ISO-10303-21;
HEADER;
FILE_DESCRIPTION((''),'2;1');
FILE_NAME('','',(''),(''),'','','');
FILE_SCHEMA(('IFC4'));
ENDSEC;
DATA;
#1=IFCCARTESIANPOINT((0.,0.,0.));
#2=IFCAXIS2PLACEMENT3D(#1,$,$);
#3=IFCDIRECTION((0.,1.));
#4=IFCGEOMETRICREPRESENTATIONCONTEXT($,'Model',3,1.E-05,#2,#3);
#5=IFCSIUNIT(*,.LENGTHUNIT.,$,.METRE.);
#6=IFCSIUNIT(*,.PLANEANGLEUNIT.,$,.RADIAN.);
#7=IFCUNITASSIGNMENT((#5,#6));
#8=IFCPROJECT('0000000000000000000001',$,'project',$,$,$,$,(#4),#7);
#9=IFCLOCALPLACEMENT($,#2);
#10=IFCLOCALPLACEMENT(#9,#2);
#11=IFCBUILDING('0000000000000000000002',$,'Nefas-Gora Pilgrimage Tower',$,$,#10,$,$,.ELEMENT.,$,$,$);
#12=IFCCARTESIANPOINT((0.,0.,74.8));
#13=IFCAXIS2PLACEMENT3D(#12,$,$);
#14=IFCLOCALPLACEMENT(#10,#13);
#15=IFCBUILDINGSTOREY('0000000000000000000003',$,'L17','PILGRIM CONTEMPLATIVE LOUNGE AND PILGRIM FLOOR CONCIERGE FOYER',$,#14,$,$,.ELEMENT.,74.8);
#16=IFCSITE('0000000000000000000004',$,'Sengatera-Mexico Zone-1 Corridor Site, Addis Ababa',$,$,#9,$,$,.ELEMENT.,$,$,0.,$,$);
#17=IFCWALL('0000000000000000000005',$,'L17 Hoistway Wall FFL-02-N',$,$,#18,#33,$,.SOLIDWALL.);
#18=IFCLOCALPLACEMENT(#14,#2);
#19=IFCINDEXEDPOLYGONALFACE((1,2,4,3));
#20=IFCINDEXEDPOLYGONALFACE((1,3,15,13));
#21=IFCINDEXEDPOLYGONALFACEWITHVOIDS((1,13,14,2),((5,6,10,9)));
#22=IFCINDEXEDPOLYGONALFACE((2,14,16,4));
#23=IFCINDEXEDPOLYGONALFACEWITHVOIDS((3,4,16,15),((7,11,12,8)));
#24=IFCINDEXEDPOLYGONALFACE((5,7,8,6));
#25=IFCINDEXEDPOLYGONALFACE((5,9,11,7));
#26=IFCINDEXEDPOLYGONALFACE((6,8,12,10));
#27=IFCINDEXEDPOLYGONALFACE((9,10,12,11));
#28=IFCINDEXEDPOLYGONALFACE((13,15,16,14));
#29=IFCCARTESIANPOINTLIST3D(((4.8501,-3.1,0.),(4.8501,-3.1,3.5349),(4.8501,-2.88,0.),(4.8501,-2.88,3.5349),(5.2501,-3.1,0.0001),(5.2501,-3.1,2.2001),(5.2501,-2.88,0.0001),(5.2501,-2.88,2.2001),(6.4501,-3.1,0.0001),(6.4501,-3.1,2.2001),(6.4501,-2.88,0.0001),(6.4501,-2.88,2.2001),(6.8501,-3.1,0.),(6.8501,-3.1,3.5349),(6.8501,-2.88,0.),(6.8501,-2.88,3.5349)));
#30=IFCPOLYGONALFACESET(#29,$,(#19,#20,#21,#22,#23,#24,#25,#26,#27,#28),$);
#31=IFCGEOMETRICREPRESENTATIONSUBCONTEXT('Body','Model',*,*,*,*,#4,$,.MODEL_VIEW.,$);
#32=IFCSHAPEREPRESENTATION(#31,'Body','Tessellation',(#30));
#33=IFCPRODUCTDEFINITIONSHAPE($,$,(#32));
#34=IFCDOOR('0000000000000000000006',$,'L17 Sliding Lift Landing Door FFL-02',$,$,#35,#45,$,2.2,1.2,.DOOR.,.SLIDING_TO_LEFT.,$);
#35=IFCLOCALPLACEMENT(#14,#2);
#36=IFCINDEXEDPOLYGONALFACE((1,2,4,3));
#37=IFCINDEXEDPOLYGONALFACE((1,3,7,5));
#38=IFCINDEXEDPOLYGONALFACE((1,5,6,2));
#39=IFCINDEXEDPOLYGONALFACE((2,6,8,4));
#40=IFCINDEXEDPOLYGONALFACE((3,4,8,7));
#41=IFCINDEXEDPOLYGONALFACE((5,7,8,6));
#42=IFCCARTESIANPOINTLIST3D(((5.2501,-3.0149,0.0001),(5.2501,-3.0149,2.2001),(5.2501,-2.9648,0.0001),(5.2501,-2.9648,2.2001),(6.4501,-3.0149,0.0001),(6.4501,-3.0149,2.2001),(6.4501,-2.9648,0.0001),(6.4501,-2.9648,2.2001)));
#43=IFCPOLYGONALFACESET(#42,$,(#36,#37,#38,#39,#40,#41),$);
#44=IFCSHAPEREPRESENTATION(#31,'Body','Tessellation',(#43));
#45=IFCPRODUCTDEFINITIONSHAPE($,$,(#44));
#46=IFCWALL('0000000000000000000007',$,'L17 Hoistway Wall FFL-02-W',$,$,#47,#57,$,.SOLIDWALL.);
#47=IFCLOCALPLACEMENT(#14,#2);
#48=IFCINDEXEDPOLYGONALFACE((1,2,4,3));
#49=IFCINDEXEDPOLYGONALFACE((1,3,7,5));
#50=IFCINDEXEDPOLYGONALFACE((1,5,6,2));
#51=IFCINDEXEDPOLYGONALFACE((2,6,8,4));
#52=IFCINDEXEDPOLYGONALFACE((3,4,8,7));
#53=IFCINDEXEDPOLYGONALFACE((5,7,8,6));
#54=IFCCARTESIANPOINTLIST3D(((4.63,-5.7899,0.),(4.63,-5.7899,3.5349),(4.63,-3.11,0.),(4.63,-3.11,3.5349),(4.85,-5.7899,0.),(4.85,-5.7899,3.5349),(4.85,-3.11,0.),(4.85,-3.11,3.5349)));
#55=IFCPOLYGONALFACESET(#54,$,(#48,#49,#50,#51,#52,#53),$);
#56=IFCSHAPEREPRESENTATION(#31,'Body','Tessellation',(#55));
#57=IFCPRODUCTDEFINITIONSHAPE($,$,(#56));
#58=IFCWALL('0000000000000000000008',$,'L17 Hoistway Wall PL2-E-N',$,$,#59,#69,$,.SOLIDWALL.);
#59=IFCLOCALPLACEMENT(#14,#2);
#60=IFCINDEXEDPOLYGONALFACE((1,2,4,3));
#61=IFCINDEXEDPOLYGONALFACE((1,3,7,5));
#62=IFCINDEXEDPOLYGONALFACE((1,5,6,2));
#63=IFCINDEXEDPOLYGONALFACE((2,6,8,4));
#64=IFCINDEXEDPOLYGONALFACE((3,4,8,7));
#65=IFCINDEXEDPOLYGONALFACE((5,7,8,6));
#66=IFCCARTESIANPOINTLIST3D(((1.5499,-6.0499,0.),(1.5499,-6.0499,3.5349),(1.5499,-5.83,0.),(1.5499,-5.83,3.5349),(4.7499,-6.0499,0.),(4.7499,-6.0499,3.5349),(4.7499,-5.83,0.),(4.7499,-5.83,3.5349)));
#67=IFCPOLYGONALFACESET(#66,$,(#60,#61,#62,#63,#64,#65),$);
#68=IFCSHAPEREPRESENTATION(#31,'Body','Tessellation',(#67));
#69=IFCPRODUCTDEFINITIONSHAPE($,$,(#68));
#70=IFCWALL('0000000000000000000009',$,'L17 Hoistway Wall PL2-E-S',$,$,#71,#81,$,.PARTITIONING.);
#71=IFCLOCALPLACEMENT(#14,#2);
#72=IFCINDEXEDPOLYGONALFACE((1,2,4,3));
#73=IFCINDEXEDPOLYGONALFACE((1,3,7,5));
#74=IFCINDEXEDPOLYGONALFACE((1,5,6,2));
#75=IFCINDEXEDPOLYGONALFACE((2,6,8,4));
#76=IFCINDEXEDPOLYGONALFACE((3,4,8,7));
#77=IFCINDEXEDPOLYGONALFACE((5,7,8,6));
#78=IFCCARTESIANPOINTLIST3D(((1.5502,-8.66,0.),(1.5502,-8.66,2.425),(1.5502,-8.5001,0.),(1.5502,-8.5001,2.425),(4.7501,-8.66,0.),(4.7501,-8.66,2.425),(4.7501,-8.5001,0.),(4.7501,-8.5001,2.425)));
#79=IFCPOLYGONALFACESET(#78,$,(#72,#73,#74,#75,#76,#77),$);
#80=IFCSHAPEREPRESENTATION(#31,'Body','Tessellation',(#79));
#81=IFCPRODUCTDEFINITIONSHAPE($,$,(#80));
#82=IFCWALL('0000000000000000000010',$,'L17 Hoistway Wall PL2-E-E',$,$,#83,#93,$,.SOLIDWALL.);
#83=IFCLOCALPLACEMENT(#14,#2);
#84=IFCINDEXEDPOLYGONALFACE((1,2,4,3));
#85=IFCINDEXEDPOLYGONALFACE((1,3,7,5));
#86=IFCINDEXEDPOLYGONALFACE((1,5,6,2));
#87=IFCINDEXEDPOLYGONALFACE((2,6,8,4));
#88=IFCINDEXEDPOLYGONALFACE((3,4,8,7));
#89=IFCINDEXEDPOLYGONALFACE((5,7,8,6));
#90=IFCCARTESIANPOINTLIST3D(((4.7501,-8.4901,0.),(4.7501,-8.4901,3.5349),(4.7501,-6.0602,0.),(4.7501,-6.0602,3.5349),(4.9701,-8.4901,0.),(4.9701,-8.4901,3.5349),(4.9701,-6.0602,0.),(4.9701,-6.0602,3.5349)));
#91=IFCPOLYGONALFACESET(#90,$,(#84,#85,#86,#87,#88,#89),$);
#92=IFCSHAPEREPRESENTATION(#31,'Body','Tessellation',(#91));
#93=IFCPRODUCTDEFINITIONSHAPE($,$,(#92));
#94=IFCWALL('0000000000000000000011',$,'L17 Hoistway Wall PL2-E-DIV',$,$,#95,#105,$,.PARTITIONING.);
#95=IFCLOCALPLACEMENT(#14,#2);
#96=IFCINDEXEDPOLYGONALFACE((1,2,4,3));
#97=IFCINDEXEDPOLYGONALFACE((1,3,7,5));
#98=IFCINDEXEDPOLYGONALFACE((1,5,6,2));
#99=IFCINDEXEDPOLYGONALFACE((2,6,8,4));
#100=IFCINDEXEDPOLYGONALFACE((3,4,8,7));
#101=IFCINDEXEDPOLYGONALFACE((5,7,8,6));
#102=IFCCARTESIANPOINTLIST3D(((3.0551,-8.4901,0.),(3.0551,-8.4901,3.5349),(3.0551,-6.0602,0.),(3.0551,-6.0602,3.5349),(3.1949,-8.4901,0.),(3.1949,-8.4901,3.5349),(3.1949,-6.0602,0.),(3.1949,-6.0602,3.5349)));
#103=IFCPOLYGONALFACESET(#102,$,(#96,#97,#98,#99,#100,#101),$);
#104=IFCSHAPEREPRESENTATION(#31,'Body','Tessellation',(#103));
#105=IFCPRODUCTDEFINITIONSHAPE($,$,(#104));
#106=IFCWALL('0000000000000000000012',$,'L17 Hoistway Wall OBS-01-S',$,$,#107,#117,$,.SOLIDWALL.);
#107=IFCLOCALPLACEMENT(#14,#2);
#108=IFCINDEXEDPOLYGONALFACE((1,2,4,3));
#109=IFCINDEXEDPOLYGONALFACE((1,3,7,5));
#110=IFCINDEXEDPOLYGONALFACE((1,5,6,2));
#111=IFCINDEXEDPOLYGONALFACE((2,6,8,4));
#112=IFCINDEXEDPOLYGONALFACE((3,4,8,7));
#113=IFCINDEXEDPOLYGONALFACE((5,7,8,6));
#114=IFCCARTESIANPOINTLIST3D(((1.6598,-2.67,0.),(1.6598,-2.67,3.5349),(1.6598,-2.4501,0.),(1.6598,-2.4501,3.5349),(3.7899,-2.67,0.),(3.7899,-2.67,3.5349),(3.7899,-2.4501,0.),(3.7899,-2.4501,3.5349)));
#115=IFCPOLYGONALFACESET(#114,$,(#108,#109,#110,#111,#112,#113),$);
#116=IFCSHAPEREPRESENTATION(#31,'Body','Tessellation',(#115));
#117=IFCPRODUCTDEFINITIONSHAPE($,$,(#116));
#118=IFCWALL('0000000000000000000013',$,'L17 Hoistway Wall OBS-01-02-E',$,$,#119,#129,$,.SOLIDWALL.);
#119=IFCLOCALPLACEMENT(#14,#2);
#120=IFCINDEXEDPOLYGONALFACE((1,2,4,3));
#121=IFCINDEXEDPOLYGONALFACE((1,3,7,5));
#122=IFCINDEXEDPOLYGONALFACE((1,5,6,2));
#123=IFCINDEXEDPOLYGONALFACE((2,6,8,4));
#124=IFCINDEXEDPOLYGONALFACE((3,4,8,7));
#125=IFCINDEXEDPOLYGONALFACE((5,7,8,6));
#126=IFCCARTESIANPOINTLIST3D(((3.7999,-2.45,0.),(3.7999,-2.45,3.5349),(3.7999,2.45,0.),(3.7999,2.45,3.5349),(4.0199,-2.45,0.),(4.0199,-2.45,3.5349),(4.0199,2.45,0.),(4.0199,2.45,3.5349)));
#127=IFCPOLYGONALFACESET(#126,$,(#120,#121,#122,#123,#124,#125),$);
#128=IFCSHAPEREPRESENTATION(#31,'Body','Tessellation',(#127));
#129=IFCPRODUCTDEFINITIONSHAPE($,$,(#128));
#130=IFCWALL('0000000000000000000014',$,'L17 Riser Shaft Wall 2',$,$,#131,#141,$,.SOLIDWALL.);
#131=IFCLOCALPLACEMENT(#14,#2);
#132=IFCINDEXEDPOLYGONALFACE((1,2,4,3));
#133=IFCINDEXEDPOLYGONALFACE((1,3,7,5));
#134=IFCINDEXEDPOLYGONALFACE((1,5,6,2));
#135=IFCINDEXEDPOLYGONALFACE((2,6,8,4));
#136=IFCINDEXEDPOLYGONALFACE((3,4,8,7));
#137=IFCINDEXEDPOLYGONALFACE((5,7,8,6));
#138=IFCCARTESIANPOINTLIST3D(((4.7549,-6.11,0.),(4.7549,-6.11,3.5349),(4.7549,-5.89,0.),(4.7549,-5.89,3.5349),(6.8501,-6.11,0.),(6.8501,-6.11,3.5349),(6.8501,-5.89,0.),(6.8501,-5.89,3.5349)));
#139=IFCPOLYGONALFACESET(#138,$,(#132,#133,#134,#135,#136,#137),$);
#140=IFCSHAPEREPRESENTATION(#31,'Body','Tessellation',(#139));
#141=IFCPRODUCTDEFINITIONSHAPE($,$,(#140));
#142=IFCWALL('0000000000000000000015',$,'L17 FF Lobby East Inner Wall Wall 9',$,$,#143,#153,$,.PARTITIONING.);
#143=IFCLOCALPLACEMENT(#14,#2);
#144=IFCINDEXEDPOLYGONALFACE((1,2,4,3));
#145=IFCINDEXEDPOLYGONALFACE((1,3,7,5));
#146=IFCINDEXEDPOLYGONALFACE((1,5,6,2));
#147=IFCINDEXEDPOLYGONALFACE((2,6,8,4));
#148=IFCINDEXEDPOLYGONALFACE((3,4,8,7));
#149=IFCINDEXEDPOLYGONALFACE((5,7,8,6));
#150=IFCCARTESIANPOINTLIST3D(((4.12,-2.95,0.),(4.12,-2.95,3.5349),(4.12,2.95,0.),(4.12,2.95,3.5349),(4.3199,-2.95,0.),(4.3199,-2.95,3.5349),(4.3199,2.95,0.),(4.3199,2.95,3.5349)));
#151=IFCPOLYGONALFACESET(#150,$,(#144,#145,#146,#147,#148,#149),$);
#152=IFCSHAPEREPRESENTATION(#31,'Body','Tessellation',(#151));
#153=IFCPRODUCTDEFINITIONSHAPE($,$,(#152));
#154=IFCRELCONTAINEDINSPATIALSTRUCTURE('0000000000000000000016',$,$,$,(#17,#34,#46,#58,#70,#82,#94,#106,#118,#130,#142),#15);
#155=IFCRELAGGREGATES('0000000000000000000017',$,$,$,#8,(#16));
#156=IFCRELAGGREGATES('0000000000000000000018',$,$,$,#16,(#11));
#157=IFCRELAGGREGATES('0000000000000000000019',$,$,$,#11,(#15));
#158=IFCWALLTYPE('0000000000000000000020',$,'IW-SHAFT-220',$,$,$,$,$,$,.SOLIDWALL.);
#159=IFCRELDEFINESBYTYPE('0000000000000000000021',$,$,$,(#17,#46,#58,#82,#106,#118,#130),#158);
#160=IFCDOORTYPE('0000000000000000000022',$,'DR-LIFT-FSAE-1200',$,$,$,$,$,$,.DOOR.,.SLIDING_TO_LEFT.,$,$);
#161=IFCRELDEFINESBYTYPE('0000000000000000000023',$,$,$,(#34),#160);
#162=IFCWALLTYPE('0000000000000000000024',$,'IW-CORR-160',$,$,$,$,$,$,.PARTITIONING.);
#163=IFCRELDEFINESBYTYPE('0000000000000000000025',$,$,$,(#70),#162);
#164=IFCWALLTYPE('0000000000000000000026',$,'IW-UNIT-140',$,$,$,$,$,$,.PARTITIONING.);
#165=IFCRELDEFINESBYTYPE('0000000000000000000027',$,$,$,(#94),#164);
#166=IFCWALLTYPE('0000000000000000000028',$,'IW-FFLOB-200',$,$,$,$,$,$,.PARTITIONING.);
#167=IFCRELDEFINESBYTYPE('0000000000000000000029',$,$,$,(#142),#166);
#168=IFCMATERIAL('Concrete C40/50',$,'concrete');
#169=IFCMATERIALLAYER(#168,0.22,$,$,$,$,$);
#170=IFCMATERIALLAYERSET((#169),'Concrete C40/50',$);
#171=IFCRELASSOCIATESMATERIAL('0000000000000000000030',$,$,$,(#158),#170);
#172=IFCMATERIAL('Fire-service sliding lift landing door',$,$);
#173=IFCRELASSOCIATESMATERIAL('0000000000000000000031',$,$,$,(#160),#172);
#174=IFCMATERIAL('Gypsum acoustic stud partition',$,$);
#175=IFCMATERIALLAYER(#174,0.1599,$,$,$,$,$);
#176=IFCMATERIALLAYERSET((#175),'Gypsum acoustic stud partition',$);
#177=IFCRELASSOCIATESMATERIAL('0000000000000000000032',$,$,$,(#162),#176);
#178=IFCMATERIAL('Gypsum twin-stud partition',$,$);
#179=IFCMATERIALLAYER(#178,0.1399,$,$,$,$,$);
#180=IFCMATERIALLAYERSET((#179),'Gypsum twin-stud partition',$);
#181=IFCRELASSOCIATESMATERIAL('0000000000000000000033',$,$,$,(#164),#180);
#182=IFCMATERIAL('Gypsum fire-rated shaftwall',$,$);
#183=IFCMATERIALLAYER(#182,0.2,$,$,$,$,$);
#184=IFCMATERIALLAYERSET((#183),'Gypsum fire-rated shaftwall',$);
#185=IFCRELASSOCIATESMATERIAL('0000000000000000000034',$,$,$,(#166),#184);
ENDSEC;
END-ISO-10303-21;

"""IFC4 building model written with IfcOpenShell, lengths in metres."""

from ifc_helpers import new_model, si_unit, direction, frame, frame_2d, origin, place, context, subcontext, project, spatial, rectangle, extrude, source, transform, mapped, material, layer, layer_set, type_object, element, fill, save


model = new_model("IFC4")

# Units and contexts
model_context = context("Model", 3, precision=1e-05, world=origin(), true_north=direction((0.0, 1.0)))
body_context = subcontext(model_context, "Body", "Model", "MODEL_VIEW")
ifc_project = project(units=[si_unit("LENGTHUNIT", "METRE"), si_unit("PLANEANGLEUNIT", "RADIAN")], contexts=[model_context])

# Site, building, storey
site_placement = place(None, origin())
site = spatial("IfcSite", under=ifc_project, at=site_placement, Name="Sengatera-Mexico Zone-1 Corridor Site, Addis Ababa", CompositionType="ELEMENT", RefElevation=0.0)
building_placement = place(site_placement, origin())
building = spatial("IfcBuilding", under=site, at=building_placement, Name="Nefas-Gora Pilgrimage Tower", CompositionType="ELEMENT")
storey_placement = place(building_placement, frame((0.0, 0.0, 74.8)))
storey = spatial("IfcBuildingStorey", under=building, at=storey_placement, Name="L17", Description="PILGRIM CONTEMPLATIVE LOUNGE AND PILGRIM FLOOR CONCIERGE FOYER", CompositionType="ELEMENT", Elevation=74.8)

# Wall, opening, door
ifc_material_1 = material(Name="Concrete C40/50", Category="concrete")
ifc_layer_1 = layer(ifc_material_1, 0.22)
ifc_layer_set_1 = layer_set([ifc_layer_1], Name="Concrete C40/50")
wall_type_1 = type_object("IfcWallType", Name="IW-SHAFT-220", PredefinedType="SOLIDWALL", material=ifc_layer_set_1)
shared_shape_1 = source(origin(), body_context, "Body", "SweptSolid", [
    extrude(rectangle(XDim=2.0, YDim=0.22, at=frame_2d((1.0, 0.0))), origin(), (0.0, 0.0, 1.0), 3.5349),
])
wall_1_placement = place(storey_placement, frame((6.8501, -2.99, 0.0), z_axis=(0.0, 0.0, 1.0), x_axis=(-1.0, 0.0, 0.0)))
wall_1 = element("IfcWall", 1, at=wall_1_placement, inside=storey, type_object=wall_type_1, Name="L17 Hoistway Wall FFL-02-N", PredefinedType="SOLIDWALL", context=body_context, shape_type="MappedRepresentation", body=[
    mapped(shared_shape_1, transform((0.0, 0.0, 0.0), x_axis=(1.0, 0.0, 0.0), y_axis=(0.0, 1.0, 0.0), z_axis=(0.0, 0.0, 1.0), scale=1.0)),
])
opening_1_placement = place(wall_1_placement, frame((0.3999, 0.0, 0.0)))
opening_1 = element("IfcOpeningElement", 2, at=opening_1_placement, cuts=wall_1, PredefinedType="OPENING", context=body_context, shape_type="SweptSolid", body=[
    extrude(rectangle(XDim=1.2, YDim=2.2, at=frame_2d((0.6001, 1.1001))), frame((0.0, 0.1199, 0.0), z_axis=(0.0, -1.0, 0.0), x_axis=(1.0, 0.0, 0.0)), (0.0, 0.0, 1.0), 0.24),
])
ifc_material_2 = material(Name="Fire-service sliding lift landing door")
door_type_1 = type_object("IfcDoorType", Name="DR-LIFT-FSAE-1200", OperationType="SLIDING_TO_LEFT", PredefinedType="DOOR", material=ifc_material_2)
shared_shape_2 = source(origin(), body_context, "Body", "SweptSolid", [
    extrude(rectangle(XDim=1.2, YDim=2.2, at=frame_2d((0.6001, 1.1001))), frame((0.0, 0.0249, 0.0), z_axis=(0.0, -1.0, 0.0), x_axis=(1.0, 0.0, 0.0)), (0.0, 0.0, 1.0), 0.05),
])
door_1_placement = place(opening_1_placement, origin())
door_1 = element("IfcDoor", 3, at=door_1_placement, inside=storey, type_object=door_type_1, Name="L17 Sliding Lift Landing Door FFL-02", OperationType="SLIDING_TO_LEFT", OverallHeight=2.2, OverallWidth=1.2, PredefinedType="DOOR", context=body_context, shape_type="MappedRepresentation", body=[
    mapped(shared_shape_2, transform((0.0, 0.0, 0.0), x_axis=(1.0, 0.0, 0.0), y_axis=(0.0, 1.0, 0.0), z_axis=(0.0, 0.0, 1.0), scale=1.0)),
])
fill(opening_1, door_1)

# Walls
shared_shape_3 = source(origin(), body_context, "Body", "SweptSolid", [
    extrude(rectangle(XDim=2.6799, YDim=0.22, at=frame_2d((1.3398, 0.0))), origin(), (0.0, 0.0, 1.0), 3.5349),
])
wall_2_placement = place(storey_placement, frame((4.74, -3.1101, 0.0), z_axis=(0.0, 0.0, 1.0), x_axis=(0.0, -1.0, 0.0)))
element("IfcWall", 4, at=wall_2_placement, inside=storey, type_object=wall_type_1, Name="L17 Hoistway Wall FFL-02-W", PredefinedType="SOLIDWALL", context=body_context, shape_type="MappedRepresentation", body=[
    mapped(shared_shape_3, transform((0.0, 0.0, 0.0), x_axis=(1.0, 0.0, 0.0), y_axis=(0.0, 1.0, 0.0), z_axis=(0.0, 0.0, 1.0), scale=1.0)),
])
shared_shape_4 = source(origin(), body_context, "Body", "SweptSolid", [
    extrude(rectangle(XDim=3.2, YDim=0.22, at=frame_2d((1.6001, 0.0))), origin(), (0.0, 0.0, 1.0), 3.5349),
])
wall_3_placement = place(storey_placement, frame((4.75, -5.9399, 0.0), z_axis=(0.0, 0.0, 1.0), x_axis=(-1.0, 0.0, 0.0)))
element("IfcWall", 5, at=wall_3_placement, inside=storey, type_object=wall_type_1, Name="L17 Hoistway Wall PL2-E-N", PredefinedType="SOLIDWALL", context=body_context, shape_type="MappedRepresentation", body=[
    mapped(shared_shape_4, transform((0.0, 0.0, 0.0), x_axis=(1.0, 0.0, 0.0), y_axis=(0.0, 1.0, 0.0), z_axis=(0.0, 0.0, 1.0), scale=1.0)),
])
ifc_material_3 = material(Name="Gypsum acoustic stud partition")
ifc_layer_2 = layer(ifc_material_3, 0.1599)
ifc_layer_set_2 = layer_set([ifc_layer_2], Name="Gypsum acoustic stud partition")
wall_type_2 = type_object("IfcWallType", Name="IW-CORR-160", PredefinedType="PARTITIONING", material=ifc_layer_set_2)
shared_shape_5 = source(origin(), body_context, "Body", "SweptSolid", [
    extrude(rectangle(XDim=3.2, YDim=0.1599, at=frame_2d((1.6001, 0.0))), origin(), (0.0, 0.0, 1.0), 2.425),
])
wall_4_placement = place(storey_placement, frame((1.55, -8.5801, 0.0), z_axis=(0.0, 0.0, 1.0), x_axis=(1.0, 0.0, 0.0)))
element("IfcWall", 6, at=wall_4_placement, inside=storey, type_object=wall_type_2, Name="L17 Hoistway Wall PL2-E-S", PredefinedType="PARTITIONING", context=body_context, shape_type="MappedRepresentation", body=[
    mapped(shared_shape_5, transform((0.0, 0.0, 0.0), x_axis=(1.0, 0.0, 0.0), y_axis=(0.0, 1.0, 0.0), z_axis=(0.0, 0.0, 1.0), scale=1.0)),
])
shared_shape_6 = source(origin(), body_context, "Body", "SweptSolid", [
    extrude(rectangle(XDim=2.4299, YDim=0.22, at=frame_2d((1.2148, 0.0))), origin(), (0.0, 0.0, 1.0), 3.5349),
])
for number, where, z_axis, x_axis, name in (
    (7, (4.8601, -8.49, 0.0), (0.0, 0.0, 1.0), (0.0, 1.0, 0.0), "L17 Hoistway Wall PL2-E-E"),
):
    element("IfcWall", number, at=place(storey_placement, frame(where, z_axis=z_axis, x_axis=x_axis)), inside=storey, type_object=wall_type_1, Name=name, PredefinedType="SOLIDWALL", context=body_context, shape_type="MappedRepresentation", body=[
        mapped(shared_shape_6, transform((0.0, 0.0, 0.0), x_axis=(1.0, 0.0, 0.0), y_axis=(0.0, 1.0, 0.0), z_axis=(0.0, 0.0, 1.0), scale=1.0)),
    ])
ifc_material_4 = material(Name="Gypsum twin-stud partition")
ifc_layer_3 = layer(ifc_material_4, 0.1399)
ifc_layer_set_3 = layer_set([ifc_layer_3], Name="Gypsum twin-stud partition")
wall_type_3 = type_object("IfcWallType", Name="IW-UNIT-140", PredefinedType="PARTITIONING", material=ifc_layer_set_3)
shared_shape_7 = source(origin(), body_context, "Body", "SweptSolid", [
    extrude(rectangle(XDim=2.4299, YDim=0.1399, at=frame_2d((1.2148, 0.0))), origin(), (0.0, 0.0, 1.0), 3.5349),
])
wall_5_placement = place(storey_placement, frame((3.125, -8.49, 0.0), z_axis=(0.0, 0.0, 1.0), x_axis=(0.0, 1.0, 0.0)))
element("IfcWall", 8, at=wall_5_placement, inside=storey, type_object=wall_type_3, Name="L17 Hoistway Wall PL2-E-DIV", PredefinedType="PARTITIONING", context=body_context, shape_type="MappedRepresentation", body=[
    mapped(shared_shape_7, transform((0.0, 0.0, 0.0), x_axis=(1.0, 0.0, 0.0), y_axis=(0.0, 1.0, 0.0), z_axis=(0.0, 0.0, 1.0), scale=1.0)),
])
shared_shape_8 = source(origin(), body_context, "Body", "SweptSolid", [
    extrude(rectangle(XDim=2.1301, YDim=0.22, at=frame_2d((1.0649, 0.0))), origin(), (0.0, 0.0, 1.0), 3.5349),
])
wall_6_placement = place(storey_placement, frame((1.6599, -2.5601, 0.0), z_axis=(0.0, 0.0, 1.0), x_axis=(1.0, 0.0, 0.0)))
element("IfcWall", 9, at=wall_6_placement, inside=storey, type_object=wall_type_1, Name="L17 Hoistway Wall OBS-01-S", PredefinedType="SOLIDWALL", context=body_context, shape_type="MappedRepresentation", body=[
    mapped(shared_shape_8, transform((0.0, 0.0, 0.0), x_axis=(1.0, 0.0, 0.0), y_axis=(0.0, 1.0, 0.0), z_axis=(0.0, 0.0, 1.0), scale=1.0)),
])
shared_shape_9 = source(origin(), body_context, "Body", "SweptSolid", [
    extrude(rectangle(XDim=4.8999, YDim=0.22, at=frame_2d((2.45, 0.0))), origin(), (0.0, 0.0, 1.0), 3.5349),
])
wall_7_placement = place(storey_placement, frame((3.9099, -2.45, 0.0), z_axis=(0.0, 0.0, 1.0), x_axis=(0.0, 1.0, 0.0)))
element("IfcWall", 10, at=wall_7_placement, inside=storey, type_object=wall_type_1, Name="L17 Hoistway Wall OBS-01-02-E", PredefinedType="SOLIDWALL", context=body_context, shape_type="MappedRepresentation", body=[
    mapped(shared_shape_9, transform((0.0, 0.0, 0.0), x_axis=(1.0, 0.0, 0.0), y_axis=(0.0, 1.0, 0.0), z_axis=(0.0, 0.0, 1.0), scale=1.0)),
])
shared_shape_10 = source(origin(), body_context, "Body", "SweptSolid", [
    extrude(rectangle(XDim=2.0952, YDim=0.22, at=frame_2d((1.0476, 0.0))), origin(), (0.0, 0.0, 1.0), 3.5349),
])
wall_8_placement = place(storey_placement, frame((4.7549, -6.0, 0.0), z_axis=(0.0, 0.0, 1.0), x_axis=(1.0, 0.0, 0.0)))
element("IfcWall", 11, at=wall_8_placement, inside=storey, type_object=wall_type_1, Name="L17 Riser Shaft Wall 2", PredefinedType="SOLIDWALL", context=body_context, shape_type="MappedRepresentation", body=[
    mapped(shared_shape_10, transform((0.0, 0.0, 0.0), x_axis=(1.0, 0.0, 0.0), y_axis=(0.0, 1.0, 0.0), z_axis=(0.0, 0.0, 1.0), scale=1.0)),
])
ifc_material_5 = material(Name="Gypsum fire-rated shaftwall")
ifc_layer_4 = layer(ifc_material_5, 0.2)
ifc_layer_set_4 = layer_set([ifc_layer_4], Name="Gypsum fire-rated shaftwall")
wall_type_4 = type_object("IfcWallType", Name="IW-FFLOB-200", PredefinedType="PARTITIONING", material=ifc_layer_set_4)
shared_shape_11 = source(origin(), body_context, "Body", "SweptSolid", [
    extrude(rectangle(XDim=5.8999, YDim=0.2, at=frame_2d((2.95, 0.0))), origin(), (0.0, 0.0, 1.0), 3.5349),
])
wall_9_placement = place(storey_placement, frame((4.22, -2.95, 0.0), z_axis=(0.0, 0.0, 1.0), x_axis=(0.0, 1.0, 0.0)))
element("IfcWall", 12, at=wall_9_placement, inside=storey, type_object=wall_type_4, Name="L17 FF Lobby East Inner Wall Wall 9", PredefinedType="PARTITIONING", context=body_context, shape_type="MappedRepresentation", body=[
    mapped(shared_shape_11, transform((0.0, 0.0, 0.0), x_axis=(1.0, 0.0, 0.0), y_axis=(0.0, 1.0, 0.0), z_axis=(0.0, 0.0, 1.0), scale=1.0)),
])

save(model, "model.ifc")
